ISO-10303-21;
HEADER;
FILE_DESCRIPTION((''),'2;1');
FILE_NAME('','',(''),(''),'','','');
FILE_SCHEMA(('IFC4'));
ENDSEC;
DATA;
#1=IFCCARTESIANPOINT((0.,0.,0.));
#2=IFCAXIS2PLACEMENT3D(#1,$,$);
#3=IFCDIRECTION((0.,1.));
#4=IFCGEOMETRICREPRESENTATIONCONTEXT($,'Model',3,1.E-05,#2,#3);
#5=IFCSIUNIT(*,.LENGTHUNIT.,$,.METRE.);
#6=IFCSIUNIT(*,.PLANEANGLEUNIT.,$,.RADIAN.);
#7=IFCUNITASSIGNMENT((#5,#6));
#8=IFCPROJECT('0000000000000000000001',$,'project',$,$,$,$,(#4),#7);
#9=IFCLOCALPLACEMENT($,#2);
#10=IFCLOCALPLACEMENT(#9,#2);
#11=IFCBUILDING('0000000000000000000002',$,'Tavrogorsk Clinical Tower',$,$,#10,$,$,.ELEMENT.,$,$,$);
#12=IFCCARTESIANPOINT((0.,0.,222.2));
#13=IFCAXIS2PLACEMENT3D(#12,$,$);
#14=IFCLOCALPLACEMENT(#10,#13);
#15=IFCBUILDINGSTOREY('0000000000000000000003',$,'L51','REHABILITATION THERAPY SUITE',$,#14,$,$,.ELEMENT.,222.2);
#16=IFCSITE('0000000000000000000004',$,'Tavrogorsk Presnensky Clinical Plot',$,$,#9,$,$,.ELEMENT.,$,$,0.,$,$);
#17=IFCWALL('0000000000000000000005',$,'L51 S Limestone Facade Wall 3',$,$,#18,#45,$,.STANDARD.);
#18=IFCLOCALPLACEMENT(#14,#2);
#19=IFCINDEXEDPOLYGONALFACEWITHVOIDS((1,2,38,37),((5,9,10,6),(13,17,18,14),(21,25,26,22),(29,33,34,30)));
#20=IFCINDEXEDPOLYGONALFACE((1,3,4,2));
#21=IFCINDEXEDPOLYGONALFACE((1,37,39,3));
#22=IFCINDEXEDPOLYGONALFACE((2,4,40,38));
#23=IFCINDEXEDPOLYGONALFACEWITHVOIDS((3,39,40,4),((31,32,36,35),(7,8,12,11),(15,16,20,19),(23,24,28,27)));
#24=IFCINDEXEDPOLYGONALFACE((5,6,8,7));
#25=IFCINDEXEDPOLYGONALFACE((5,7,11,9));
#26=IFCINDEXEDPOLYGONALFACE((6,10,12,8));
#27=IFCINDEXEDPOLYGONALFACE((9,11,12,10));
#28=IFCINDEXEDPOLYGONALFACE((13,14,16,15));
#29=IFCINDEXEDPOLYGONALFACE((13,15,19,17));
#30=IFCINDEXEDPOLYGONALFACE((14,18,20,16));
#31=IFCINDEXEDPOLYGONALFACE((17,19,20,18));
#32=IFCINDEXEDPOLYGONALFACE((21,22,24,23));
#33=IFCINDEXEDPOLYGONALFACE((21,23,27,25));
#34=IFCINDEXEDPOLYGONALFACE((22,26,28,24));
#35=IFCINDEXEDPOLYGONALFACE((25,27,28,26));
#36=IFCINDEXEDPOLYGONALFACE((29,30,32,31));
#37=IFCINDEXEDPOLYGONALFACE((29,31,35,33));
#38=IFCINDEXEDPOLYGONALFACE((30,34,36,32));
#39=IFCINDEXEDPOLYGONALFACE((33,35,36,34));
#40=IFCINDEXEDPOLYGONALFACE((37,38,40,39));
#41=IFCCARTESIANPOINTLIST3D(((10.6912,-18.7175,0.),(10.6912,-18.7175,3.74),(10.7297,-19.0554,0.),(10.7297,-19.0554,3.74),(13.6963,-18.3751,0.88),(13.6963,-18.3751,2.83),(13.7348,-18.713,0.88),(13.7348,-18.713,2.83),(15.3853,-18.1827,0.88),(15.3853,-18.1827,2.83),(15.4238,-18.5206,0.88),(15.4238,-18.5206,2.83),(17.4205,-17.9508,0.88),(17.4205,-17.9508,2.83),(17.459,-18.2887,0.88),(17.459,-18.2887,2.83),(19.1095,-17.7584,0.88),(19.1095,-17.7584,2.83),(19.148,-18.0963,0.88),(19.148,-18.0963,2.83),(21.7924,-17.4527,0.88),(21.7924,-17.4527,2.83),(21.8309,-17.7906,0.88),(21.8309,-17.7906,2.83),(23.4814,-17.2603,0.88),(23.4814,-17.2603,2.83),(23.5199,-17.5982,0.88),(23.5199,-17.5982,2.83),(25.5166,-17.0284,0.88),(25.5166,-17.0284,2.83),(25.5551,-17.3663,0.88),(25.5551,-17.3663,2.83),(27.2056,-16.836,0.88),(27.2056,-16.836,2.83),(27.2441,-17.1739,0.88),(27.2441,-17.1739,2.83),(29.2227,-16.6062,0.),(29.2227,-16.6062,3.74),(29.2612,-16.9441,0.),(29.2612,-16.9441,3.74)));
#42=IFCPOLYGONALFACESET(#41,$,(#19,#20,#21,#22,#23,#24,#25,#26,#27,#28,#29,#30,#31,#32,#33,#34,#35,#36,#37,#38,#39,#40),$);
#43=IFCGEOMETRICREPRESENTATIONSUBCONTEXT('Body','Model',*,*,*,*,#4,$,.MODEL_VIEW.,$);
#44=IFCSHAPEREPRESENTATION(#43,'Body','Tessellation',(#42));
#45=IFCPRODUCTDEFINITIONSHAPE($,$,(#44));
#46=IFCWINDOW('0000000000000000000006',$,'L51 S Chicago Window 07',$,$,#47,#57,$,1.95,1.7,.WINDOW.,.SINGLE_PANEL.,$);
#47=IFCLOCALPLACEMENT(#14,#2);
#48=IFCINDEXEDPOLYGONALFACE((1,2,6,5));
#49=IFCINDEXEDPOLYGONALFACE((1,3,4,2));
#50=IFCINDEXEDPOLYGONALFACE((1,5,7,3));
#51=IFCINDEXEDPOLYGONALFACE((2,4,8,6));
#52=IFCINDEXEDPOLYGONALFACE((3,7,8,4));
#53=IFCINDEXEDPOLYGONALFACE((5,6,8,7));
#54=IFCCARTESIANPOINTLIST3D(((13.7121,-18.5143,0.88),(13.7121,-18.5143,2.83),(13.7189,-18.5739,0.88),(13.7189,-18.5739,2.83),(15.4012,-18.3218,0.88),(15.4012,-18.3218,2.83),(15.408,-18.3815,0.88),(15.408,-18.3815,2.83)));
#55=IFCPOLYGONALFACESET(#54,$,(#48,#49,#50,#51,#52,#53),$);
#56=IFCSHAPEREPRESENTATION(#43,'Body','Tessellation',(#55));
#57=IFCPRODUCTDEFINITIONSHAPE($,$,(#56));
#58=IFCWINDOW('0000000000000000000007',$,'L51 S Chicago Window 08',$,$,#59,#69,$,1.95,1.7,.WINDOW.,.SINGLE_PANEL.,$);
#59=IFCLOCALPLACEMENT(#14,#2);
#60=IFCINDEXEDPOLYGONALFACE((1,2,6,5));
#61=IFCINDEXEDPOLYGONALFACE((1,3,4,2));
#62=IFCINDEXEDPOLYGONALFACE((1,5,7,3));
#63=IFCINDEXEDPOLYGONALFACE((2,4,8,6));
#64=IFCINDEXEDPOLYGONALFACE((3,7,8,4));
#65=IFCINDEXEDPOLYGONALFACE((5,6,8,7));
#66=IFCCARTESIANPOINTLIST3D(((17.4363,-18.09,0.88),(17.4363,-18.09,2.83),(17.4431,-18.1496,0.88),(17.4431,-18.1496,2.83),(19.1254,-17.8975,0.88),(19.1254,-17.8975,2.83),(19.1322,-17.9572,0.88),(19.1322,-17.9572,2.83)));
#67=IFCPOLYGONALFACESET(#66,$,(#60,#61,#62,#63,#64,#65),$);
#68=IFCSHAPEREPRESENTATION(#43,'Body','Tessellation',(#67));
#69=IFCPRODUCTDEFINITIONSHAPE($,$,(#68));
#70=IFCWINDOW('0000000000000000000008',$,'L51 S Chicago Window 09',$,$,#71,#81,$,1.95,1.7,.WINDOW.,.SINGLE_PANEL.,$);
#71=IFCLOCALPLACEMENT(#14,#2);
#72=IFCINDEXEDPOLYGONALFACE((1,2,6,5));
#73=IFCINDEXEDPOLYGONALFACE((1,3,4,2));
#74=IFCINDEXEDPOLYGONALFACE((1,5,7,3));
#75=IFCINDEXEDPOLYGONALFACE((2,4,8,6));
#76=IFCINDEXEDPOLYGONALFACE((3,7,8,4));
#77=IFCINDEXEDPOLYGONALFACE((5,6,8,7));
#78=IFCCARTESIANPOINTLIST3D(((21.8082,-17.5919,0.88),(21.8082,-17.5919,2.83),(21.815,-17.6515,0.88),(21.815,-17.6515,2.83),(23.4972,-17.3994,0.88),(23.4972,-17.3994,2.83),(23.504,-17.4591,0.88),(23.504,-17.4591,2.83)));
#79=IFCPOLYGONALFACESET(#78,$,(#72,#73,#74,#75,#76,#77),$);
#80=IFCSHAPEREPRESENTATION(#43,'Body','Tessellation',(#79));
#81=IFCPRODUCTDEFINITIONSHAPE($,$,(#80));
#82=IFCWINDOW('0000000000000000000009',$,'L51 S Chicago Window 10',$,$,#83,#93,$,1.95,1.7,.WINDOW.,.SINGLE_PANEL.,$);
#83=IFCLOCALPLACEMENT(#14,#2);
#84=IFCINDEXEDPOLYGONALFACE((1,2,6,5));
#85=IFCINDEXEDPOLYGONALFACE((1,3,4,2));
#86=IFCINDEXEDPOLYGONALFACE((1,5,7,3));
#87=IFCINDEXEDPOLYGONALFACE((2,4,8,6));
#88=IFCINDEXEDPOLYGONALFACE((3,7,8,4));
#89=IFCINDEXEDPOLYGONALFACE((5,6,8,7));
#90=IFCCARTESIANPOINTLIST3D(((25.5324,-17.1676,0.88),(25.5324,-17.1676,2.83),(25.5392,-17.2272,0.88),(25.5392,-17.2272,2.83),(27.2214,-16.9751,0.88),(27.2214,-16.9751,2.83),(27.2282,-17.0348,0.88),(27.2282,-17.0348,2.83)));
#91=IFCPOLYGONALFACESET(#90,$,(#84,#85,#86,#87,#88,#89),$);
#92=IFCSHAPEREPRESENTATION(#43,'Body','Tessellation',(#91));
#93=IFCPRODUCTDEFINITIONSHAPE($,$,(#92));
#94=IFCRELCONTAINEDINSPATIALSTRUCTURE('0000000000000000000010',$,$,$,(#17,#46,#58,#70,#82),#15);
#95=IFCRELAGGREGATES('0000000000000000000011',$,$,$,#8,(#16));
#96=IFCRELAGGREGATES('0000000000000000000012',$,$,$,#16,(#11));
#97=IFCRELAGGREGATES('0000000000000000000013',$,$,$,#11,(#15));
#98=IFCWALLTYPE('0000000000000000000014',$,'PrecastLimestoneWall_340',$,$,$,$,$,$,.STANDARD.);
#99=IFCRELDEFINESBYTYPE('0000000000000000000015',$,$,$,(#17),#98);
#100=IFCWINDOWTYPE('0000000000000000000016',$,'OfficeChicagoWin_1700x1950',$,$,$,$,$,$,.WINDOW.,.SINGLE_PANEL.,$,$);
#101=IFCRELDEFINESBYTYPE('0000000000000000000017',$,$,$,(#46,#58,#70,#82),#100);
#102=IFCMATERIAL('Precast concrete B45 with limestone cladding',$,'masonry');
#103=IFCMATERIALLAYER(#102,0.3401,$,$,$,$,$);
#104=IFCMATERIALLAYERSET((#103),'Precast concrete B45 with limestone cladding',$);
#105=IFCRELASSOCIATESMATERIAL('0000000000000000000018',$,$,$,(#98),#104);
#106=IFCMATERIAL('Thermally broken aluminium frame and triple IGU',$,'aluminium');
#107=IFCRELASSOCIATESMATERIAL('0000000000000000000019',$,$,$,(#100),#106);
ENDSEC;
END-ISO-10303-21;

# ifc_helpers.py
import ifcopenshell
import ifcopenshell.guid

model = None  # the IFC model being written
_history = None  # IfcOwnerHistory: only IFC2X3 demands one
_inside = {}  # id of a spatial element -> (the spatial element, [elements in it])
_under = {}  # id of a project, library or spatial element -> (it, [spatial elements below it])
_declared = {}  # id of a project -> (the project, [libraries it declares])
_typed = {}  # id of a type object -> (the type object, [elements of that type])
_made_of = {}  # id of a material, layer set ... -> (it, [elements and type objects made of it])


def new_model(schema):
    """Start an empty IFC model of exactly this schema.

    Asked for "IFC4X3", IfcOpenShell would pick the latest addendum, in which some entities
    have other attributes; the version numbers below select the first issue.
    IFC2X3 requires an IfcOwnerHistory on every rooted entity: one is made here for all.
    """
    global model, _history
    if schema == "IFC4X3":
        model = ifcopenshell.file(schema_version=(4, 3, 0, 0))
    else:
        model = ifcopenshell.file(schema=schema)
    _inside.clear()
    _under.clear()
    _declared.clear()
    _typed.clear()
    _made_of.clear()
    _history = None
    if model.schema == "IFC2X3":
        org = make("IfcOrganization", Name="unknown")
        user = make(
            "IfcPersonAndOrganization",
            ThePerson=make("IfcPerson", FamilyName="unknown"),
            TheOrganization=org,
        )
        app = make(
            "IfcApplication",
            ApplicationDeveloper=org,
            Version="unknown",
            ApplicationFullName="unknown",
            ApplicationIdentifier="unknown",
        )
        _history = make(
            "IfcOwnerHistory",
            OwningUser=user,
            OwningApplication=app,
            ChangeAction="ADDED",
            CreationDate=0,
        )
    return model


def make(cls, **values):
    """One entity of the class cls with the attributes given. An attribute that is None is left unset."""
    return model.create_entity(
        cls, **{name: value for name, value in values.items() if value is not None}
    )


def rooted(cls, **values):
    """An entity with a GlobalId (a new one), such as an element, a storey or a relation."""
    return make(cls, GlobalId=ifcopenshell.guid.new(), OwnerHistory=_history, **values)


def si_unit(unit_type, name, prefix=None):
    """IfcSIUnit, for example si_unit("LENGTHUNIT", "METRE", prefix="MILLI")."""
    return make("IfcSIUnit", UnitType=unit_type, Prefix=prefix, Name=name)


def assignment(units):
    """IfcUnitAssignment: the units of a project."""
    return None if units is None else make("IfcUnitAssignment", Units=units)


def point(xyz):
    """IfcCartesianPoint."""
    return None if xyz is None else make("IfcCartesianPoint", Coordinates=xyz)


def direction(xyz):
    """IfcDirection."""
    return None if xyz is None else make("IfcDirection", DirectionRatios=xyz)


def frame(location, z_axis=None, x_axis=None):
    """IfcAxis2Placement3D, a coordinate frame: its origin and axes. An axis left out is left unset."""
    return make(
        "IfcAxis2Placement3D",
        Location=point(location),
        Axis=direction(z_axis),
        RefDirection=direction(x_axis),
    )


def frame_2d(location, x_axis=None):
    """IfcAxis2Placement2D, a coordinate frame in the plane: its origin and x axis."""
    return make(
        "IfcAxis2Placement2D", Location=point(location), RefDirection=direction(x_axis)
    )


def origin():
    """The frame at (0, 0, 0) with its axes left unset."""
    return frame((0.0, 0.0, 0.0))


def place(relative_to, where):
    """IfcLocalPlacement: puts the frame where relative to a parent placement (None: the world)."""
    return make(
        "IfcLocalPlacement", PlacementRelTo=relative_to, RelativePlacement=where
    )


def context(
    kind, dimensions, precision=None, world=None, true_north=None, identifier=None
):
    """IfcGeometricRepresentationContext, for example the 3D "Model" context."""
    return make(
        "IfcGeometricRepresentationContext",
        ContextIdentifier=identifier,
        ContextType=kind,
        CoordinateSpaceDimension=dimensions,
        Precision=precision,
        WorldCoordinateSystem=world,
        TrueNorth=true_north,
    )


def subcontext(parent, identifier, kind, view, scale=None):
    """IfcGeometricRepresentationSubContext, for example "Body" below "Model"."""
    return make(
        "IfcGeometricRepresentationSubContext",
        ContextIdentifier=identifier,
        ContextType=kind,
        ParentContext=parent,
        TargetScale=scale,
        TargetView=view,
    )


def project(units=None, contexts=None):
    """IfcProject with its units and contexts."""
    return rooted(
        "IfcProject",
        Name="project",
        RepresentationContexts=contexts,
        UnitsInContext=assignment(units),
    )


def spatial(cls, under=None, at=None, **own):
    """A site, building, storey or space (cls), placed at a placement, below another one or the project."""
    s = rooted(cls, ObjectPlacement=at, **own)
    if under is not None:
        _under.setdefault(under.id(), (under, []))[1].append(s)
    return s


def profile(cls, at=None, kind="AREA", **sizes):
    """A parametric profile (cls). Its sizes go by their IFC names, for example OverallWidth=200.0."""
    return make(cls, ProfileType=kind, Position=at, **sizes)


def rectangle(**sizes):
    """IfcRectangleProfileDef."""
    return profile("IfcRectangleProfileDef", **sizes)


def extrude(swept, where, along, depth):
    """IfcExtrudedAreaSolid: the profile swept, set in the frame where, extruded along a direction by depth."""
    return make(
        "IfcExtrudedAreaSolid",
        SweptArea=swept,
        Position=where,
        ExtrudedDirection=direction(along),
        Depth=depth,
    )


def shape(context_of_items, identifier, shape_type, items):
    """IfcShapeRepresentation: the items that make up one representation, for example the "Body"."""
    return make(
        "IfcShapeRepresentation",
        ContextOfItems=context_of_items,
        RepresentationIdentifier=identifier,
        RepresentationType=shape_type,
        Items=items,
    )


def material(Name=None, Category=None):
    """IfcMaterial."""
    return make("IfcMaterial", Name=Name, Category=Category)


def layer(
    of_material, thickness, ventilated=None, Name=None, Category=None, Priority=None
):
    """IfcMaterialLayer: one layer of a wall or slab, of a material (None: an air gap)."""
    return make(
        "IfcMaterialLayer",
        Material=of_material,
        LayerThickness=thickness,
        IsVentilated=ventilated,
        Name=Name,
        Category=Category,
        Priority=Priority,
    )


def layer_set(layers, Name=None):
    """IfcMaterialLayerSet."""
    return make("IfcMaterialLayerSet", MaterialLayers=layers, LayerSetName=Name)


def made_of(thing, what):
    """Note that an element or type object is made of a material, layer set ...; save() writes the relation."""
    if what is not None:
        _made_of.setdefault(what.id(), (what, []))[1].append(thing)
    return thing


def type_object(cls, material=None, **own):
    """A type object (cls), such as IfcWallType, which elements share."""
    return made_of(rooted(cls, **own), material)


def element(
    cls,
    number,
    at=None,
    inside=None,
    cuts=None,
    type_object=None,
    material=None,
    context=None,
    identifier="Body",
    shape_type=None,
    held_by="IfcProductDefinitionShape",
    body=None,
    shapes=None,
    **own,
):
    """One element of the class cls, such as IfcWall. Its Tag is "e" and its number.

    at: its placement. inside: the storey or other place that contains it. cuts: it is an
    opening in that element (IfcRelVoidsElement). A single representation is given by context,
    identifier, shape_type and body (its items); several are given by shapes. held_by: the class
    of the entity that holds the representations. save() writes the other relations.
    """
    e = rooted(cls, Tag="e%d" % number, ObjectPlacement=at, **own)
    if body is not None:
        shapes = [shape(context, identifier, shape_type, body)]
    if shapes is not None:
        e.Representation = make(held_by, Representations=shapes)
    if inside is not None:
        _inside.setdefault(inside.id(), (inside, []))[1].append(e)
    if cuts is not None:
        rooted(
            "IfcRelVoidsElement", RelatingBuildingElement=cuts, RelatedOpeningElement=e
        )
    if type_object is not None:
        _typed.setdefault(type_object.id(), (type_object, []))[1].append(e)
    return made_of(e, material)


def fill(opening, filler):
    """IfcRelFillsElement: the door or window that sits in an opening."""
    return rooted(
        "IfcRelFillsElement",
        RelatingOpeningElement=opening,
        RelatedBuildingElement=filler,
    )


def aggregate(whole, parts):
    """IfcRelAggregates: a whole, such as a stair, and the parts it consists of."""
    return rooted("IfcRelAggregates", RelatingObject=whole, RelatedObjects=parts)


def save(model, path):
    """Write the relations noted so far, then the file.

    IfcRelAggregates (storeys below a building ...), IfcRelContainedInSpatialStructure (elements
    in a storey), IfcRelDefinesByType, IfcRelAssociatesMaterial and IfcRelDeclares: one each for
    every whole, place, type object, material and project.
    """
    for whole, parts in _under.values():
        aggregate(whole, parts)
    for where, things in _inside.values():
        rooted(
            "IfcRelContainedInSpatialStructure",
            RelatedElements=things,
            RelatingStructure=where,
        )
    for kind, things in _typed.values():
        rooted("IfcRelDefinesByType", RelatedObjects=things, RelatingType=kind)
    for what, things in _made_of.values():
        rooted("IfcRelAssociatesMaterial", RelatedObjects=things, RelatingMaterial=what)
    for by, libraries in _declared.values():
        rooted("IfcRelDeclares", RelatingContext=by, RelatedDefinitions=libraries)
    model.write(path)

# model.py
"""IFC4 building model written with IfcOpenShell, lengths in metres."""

from ifc_helpers import new_model, si_unit, direction, frame, frame_2d, origin, place, context, subcontext, project, spatial, rectangle, extrude, material, layer, layer_set, type_object, element, fill, save


model = new_model("IFC4")

# Units and contexts
model_context = context("Model", 3, precision=1e-05, world=origin(), true_north=direction((0.0, 1.0)))
body_context = subcontext(model_context, "Body", "Model", "MODEL_VIEW")
ifc_project = project(units=[si_unit("LENGTHUNIT", "METRE"), si_unit("PLANEANGLEUNIT", "RADIAN")], contexts=[model_context])

# Site, building, storey
site_placement = place(None, origin())
site = spatial("IfcSite", under=ifc_project, at=site_placement, Name="Tavrogorsk Presnensky Clinical Plot", CompositionType="ELEMENT", RefElevation=0.0)
building_placement = place(site_placement, origin())
building = spatial("IfcBuilding", under=site, at=building_placement, Name="Tavrogorsk Clinical Tower", CompositionType="ELEMENT")
storey_placement = place(building_placement, frame((0.0, 0.0, 222.2)))
storey = spatial("IfcBuildingStorey", under=building, at=storey_placement, Name="L51", Description="REHABILITATION THERAPY SUITE", CompositionType="ELEMENT", Elevation=222.2)

# Wall, openings, windows
ifc_material_1 = material(Name="Precast concrete B45 with limestone cladding", Category="masonry")
ifc_layer_1 = layer(ifc_material_1, 0.3401)
ifc_layer_set_1 = layer_set([ifc_layer_1], Name="Precast concrete B45 with limestone cladding")
wall_type_1 = type_object("IfcWallType", Name="PrecastLimestoneWall_340", PredefinedType="STANDARD", material=ifc_layer_set_1)
wall_1_placement = place(storey_placement, frame((10.7104, -18.8865, 0.0), z_axis=(0.0, 0.0, 1.0), x_axis=(0.993572, 0.1132, 0.0)))
wall_1 = element("IfcWall", 1, at=wall_1_placement, inside=storey, type_object=wall_type_1, Name="L51 S Limestone Facade Wall 3", PredefinedType="STANDARD", context=body_context, shape_type="SweptSolid", body=[
    extrude(rectangle(XDim=18.6514, YDim=0.3401, at=frame_2d((9.3257, 0.0))), origin(), (0.0, 0.0, 1.0), 3.74),
])
opening_1_placement = place(wall_1_placement, frame((3.0244, 0.0, 0.8799)))
opening_1 = element("IfcOpeningElement", 2, at=opening_1_placement, cuts=wall_1, PredefinedType="OPENING", context=body_context, shape_type="SweptSolid", body=[
    extrude(rectangle(XDim=1.7, YDim=1.95, at=frame_2d((0.8501, 0.9751))), frame((0.0, 0.1799, 0.0), z_axis=(0.0, -1.0, 0.0), x_axis=(1.0, 0.0, 0.0)), (0.0, 0.0, 1.0), 0.3601),
])
opening_2_placement = place(wall_1_placement, frame((6.7727, 0.0, 0.8799)))
opening_2 = element("IfcOpeningElement", 3, at=opening_2_placement, cuts=wall_1, PredefinedType="OPENING", context=body_context, shape_type="SweptSolid", body=[
    extrude(rectangle(XDim=1.7, YDim=1.95, at=frame_2d((0.8501, 0.9751))), frame((0.0, 0.1799, 0.0), z_axis=(0.0, -1.0, 0.0), x_axis=(1.0, 0.0, 0.0)), (0.0, 0.0, 1.0), 0.3601),
])
opening_3_placement = place(wall_1_placement, frame((11.1729, 0.0, 0.8799)))
opening_3 = element("IfcOpeningElement", 4, at=opening_3_placement, cuts=wall_1, PredefinedType="OPENING", context=body_context, shape_type="SweptSolid", body=[
    extrude(rectangle(XDim=1.7, YDim=1.95, at=frame_2d((0.8501, 0.9751))), frame((0.0, 0.1799, 0.0), z_axis=(0.0, -1.0, 0.0), x_axis=(1.0, 0.0, 0.0)), (0.0, 0.0, 1.0), 0.3601),
])
opening_4_placement = place(wall_1_placement, frame((14.9211, 0.0, 0.8799)))
opening_4 = element("IfcOpeningElement", 5, at=opening_4_placement, cuts=wall_1, PredefinedType="OPENING", context=body_context, shape_type="SweptSolid", body=[
    extrude(rectangle(XDim=1.7, YDim=1.95, at=frame_2d((0.8501, 0.9751))), frame((0.0, 0.1799, 0.0), z_axis=(0.0, -1.0, 0.0), x_axis=(1.0, 0.0, 0.0)), (0.0, 0.0, 1.0), 0.3601),
])
ifc_material_2 = material(Name="Thermally broken aluminium frame and triple IGU", Category="aluminium")
window_type = type_object("IfcWindowType", Name="OfficeChicagoWin_1700x1950", PartitioningType="SINGLE_PANEL", PredefinedType="WINDOW", material=ifc_material_2)
window_1_placement = place(opening_1_placement, origin())
window_1 = element("IfcWindow", 6, at=window_1_placement, inside=storey, type_object=window_type, Name="L51 S Chicago Window 07", OverallHeight=1.95, OverallWidth=1.7, PartitioningType="SINGLE_PANEL", PredefinedType="WINDOW", context=body_context, shape_type="SweptSolid", body=[
    extrude(rectangle(XDim=1.7, YDim=1.95, at=frame_2d((0.8501, 0.9751))), frame((0.0, 0.03, 0.0), z_axis=(0.0, -1.0, 0.0), x_axis=(1.0, 0.0, 0.0)), (0.0, 0.0, 1.0), 0.0601),
])
fill(opening_1, window_1)
window_2_placement = place(opening_2_placement, origin())
window_2 = element("IfcWindow", 7, at=window_2_placement, inside=storey, type_object=window_type, Name="L51 S Chicago Window 08", OverallHeight=1.95, OverallWidth=1.7, PartitioningType="SINGLE_PANEL", PredefinedType="WINDOW", context=body_context, shape_type="SweptSolid", body=[
    extrude(rectangle(XDim=1.7, YDim=1.95, at=frame_2d((0.8501, 0.9751))), frame((0.0, 0.03, 0.0), z_axis=(0.0, -1.0, 0.0), x_axis=(1.0, 0.0, 0.0)), (0.0, 0.0, 1.0), 0.0601),
])
fill(opening_2, window_2)
window_3_placement = place(opening_3_placement, origin())
window_3 = element("IfcWindow", 8, at=window_3_placement, inside=storey, type_object=window_type, Name="L51 S Chicago Window 09", OverallHeight=1.95, OverallWidth=1.7, PartitioningType="SINGLE_PANEL", PredefinedType="WINDOW", context=body_context, shape_type="SweptSolid", body=[
    extrude(rectangle(XDim=1.7, YDim=1.95, at=frame_2d((0.8501, 0.9751))), frame((0.0, 0.03, 0.0), z_axis=(0.0, -1.0, 0.0), x_axis=(1.0, 0.0, 0.0)), (0.0, 0.0, 1.0), 0.0601),
])
fill(opening_3, window_3)
window_4_placement = place(opening_4_placement, origin())
window_4 = element("IfcWindow", 9, at=window_4_placement, inside=storey, type_object=window_type, Name="L51 S Chicago Window 10", OverallHeight=1.95, OverallWidth=1.7, PartitioningType="SINGLE_PANEL", PredefinedType="WINDOW", context=body_context, shape_type="SweptSolid", body=[
    extrude(rectangle(XDim=1.7, YDim=1.95, at=frame_2d((0.8501, 0.9751))), frame((0.0, 0.03, 0.0), z_axis=(0.0, -1.0, 0.0), x_axis=(1.0, 0.0, 0.0)), (0.0, 0.0, 1.0), 0.0601),
])
fill(opening_4, window_4)

save(model, "model.ifc")
